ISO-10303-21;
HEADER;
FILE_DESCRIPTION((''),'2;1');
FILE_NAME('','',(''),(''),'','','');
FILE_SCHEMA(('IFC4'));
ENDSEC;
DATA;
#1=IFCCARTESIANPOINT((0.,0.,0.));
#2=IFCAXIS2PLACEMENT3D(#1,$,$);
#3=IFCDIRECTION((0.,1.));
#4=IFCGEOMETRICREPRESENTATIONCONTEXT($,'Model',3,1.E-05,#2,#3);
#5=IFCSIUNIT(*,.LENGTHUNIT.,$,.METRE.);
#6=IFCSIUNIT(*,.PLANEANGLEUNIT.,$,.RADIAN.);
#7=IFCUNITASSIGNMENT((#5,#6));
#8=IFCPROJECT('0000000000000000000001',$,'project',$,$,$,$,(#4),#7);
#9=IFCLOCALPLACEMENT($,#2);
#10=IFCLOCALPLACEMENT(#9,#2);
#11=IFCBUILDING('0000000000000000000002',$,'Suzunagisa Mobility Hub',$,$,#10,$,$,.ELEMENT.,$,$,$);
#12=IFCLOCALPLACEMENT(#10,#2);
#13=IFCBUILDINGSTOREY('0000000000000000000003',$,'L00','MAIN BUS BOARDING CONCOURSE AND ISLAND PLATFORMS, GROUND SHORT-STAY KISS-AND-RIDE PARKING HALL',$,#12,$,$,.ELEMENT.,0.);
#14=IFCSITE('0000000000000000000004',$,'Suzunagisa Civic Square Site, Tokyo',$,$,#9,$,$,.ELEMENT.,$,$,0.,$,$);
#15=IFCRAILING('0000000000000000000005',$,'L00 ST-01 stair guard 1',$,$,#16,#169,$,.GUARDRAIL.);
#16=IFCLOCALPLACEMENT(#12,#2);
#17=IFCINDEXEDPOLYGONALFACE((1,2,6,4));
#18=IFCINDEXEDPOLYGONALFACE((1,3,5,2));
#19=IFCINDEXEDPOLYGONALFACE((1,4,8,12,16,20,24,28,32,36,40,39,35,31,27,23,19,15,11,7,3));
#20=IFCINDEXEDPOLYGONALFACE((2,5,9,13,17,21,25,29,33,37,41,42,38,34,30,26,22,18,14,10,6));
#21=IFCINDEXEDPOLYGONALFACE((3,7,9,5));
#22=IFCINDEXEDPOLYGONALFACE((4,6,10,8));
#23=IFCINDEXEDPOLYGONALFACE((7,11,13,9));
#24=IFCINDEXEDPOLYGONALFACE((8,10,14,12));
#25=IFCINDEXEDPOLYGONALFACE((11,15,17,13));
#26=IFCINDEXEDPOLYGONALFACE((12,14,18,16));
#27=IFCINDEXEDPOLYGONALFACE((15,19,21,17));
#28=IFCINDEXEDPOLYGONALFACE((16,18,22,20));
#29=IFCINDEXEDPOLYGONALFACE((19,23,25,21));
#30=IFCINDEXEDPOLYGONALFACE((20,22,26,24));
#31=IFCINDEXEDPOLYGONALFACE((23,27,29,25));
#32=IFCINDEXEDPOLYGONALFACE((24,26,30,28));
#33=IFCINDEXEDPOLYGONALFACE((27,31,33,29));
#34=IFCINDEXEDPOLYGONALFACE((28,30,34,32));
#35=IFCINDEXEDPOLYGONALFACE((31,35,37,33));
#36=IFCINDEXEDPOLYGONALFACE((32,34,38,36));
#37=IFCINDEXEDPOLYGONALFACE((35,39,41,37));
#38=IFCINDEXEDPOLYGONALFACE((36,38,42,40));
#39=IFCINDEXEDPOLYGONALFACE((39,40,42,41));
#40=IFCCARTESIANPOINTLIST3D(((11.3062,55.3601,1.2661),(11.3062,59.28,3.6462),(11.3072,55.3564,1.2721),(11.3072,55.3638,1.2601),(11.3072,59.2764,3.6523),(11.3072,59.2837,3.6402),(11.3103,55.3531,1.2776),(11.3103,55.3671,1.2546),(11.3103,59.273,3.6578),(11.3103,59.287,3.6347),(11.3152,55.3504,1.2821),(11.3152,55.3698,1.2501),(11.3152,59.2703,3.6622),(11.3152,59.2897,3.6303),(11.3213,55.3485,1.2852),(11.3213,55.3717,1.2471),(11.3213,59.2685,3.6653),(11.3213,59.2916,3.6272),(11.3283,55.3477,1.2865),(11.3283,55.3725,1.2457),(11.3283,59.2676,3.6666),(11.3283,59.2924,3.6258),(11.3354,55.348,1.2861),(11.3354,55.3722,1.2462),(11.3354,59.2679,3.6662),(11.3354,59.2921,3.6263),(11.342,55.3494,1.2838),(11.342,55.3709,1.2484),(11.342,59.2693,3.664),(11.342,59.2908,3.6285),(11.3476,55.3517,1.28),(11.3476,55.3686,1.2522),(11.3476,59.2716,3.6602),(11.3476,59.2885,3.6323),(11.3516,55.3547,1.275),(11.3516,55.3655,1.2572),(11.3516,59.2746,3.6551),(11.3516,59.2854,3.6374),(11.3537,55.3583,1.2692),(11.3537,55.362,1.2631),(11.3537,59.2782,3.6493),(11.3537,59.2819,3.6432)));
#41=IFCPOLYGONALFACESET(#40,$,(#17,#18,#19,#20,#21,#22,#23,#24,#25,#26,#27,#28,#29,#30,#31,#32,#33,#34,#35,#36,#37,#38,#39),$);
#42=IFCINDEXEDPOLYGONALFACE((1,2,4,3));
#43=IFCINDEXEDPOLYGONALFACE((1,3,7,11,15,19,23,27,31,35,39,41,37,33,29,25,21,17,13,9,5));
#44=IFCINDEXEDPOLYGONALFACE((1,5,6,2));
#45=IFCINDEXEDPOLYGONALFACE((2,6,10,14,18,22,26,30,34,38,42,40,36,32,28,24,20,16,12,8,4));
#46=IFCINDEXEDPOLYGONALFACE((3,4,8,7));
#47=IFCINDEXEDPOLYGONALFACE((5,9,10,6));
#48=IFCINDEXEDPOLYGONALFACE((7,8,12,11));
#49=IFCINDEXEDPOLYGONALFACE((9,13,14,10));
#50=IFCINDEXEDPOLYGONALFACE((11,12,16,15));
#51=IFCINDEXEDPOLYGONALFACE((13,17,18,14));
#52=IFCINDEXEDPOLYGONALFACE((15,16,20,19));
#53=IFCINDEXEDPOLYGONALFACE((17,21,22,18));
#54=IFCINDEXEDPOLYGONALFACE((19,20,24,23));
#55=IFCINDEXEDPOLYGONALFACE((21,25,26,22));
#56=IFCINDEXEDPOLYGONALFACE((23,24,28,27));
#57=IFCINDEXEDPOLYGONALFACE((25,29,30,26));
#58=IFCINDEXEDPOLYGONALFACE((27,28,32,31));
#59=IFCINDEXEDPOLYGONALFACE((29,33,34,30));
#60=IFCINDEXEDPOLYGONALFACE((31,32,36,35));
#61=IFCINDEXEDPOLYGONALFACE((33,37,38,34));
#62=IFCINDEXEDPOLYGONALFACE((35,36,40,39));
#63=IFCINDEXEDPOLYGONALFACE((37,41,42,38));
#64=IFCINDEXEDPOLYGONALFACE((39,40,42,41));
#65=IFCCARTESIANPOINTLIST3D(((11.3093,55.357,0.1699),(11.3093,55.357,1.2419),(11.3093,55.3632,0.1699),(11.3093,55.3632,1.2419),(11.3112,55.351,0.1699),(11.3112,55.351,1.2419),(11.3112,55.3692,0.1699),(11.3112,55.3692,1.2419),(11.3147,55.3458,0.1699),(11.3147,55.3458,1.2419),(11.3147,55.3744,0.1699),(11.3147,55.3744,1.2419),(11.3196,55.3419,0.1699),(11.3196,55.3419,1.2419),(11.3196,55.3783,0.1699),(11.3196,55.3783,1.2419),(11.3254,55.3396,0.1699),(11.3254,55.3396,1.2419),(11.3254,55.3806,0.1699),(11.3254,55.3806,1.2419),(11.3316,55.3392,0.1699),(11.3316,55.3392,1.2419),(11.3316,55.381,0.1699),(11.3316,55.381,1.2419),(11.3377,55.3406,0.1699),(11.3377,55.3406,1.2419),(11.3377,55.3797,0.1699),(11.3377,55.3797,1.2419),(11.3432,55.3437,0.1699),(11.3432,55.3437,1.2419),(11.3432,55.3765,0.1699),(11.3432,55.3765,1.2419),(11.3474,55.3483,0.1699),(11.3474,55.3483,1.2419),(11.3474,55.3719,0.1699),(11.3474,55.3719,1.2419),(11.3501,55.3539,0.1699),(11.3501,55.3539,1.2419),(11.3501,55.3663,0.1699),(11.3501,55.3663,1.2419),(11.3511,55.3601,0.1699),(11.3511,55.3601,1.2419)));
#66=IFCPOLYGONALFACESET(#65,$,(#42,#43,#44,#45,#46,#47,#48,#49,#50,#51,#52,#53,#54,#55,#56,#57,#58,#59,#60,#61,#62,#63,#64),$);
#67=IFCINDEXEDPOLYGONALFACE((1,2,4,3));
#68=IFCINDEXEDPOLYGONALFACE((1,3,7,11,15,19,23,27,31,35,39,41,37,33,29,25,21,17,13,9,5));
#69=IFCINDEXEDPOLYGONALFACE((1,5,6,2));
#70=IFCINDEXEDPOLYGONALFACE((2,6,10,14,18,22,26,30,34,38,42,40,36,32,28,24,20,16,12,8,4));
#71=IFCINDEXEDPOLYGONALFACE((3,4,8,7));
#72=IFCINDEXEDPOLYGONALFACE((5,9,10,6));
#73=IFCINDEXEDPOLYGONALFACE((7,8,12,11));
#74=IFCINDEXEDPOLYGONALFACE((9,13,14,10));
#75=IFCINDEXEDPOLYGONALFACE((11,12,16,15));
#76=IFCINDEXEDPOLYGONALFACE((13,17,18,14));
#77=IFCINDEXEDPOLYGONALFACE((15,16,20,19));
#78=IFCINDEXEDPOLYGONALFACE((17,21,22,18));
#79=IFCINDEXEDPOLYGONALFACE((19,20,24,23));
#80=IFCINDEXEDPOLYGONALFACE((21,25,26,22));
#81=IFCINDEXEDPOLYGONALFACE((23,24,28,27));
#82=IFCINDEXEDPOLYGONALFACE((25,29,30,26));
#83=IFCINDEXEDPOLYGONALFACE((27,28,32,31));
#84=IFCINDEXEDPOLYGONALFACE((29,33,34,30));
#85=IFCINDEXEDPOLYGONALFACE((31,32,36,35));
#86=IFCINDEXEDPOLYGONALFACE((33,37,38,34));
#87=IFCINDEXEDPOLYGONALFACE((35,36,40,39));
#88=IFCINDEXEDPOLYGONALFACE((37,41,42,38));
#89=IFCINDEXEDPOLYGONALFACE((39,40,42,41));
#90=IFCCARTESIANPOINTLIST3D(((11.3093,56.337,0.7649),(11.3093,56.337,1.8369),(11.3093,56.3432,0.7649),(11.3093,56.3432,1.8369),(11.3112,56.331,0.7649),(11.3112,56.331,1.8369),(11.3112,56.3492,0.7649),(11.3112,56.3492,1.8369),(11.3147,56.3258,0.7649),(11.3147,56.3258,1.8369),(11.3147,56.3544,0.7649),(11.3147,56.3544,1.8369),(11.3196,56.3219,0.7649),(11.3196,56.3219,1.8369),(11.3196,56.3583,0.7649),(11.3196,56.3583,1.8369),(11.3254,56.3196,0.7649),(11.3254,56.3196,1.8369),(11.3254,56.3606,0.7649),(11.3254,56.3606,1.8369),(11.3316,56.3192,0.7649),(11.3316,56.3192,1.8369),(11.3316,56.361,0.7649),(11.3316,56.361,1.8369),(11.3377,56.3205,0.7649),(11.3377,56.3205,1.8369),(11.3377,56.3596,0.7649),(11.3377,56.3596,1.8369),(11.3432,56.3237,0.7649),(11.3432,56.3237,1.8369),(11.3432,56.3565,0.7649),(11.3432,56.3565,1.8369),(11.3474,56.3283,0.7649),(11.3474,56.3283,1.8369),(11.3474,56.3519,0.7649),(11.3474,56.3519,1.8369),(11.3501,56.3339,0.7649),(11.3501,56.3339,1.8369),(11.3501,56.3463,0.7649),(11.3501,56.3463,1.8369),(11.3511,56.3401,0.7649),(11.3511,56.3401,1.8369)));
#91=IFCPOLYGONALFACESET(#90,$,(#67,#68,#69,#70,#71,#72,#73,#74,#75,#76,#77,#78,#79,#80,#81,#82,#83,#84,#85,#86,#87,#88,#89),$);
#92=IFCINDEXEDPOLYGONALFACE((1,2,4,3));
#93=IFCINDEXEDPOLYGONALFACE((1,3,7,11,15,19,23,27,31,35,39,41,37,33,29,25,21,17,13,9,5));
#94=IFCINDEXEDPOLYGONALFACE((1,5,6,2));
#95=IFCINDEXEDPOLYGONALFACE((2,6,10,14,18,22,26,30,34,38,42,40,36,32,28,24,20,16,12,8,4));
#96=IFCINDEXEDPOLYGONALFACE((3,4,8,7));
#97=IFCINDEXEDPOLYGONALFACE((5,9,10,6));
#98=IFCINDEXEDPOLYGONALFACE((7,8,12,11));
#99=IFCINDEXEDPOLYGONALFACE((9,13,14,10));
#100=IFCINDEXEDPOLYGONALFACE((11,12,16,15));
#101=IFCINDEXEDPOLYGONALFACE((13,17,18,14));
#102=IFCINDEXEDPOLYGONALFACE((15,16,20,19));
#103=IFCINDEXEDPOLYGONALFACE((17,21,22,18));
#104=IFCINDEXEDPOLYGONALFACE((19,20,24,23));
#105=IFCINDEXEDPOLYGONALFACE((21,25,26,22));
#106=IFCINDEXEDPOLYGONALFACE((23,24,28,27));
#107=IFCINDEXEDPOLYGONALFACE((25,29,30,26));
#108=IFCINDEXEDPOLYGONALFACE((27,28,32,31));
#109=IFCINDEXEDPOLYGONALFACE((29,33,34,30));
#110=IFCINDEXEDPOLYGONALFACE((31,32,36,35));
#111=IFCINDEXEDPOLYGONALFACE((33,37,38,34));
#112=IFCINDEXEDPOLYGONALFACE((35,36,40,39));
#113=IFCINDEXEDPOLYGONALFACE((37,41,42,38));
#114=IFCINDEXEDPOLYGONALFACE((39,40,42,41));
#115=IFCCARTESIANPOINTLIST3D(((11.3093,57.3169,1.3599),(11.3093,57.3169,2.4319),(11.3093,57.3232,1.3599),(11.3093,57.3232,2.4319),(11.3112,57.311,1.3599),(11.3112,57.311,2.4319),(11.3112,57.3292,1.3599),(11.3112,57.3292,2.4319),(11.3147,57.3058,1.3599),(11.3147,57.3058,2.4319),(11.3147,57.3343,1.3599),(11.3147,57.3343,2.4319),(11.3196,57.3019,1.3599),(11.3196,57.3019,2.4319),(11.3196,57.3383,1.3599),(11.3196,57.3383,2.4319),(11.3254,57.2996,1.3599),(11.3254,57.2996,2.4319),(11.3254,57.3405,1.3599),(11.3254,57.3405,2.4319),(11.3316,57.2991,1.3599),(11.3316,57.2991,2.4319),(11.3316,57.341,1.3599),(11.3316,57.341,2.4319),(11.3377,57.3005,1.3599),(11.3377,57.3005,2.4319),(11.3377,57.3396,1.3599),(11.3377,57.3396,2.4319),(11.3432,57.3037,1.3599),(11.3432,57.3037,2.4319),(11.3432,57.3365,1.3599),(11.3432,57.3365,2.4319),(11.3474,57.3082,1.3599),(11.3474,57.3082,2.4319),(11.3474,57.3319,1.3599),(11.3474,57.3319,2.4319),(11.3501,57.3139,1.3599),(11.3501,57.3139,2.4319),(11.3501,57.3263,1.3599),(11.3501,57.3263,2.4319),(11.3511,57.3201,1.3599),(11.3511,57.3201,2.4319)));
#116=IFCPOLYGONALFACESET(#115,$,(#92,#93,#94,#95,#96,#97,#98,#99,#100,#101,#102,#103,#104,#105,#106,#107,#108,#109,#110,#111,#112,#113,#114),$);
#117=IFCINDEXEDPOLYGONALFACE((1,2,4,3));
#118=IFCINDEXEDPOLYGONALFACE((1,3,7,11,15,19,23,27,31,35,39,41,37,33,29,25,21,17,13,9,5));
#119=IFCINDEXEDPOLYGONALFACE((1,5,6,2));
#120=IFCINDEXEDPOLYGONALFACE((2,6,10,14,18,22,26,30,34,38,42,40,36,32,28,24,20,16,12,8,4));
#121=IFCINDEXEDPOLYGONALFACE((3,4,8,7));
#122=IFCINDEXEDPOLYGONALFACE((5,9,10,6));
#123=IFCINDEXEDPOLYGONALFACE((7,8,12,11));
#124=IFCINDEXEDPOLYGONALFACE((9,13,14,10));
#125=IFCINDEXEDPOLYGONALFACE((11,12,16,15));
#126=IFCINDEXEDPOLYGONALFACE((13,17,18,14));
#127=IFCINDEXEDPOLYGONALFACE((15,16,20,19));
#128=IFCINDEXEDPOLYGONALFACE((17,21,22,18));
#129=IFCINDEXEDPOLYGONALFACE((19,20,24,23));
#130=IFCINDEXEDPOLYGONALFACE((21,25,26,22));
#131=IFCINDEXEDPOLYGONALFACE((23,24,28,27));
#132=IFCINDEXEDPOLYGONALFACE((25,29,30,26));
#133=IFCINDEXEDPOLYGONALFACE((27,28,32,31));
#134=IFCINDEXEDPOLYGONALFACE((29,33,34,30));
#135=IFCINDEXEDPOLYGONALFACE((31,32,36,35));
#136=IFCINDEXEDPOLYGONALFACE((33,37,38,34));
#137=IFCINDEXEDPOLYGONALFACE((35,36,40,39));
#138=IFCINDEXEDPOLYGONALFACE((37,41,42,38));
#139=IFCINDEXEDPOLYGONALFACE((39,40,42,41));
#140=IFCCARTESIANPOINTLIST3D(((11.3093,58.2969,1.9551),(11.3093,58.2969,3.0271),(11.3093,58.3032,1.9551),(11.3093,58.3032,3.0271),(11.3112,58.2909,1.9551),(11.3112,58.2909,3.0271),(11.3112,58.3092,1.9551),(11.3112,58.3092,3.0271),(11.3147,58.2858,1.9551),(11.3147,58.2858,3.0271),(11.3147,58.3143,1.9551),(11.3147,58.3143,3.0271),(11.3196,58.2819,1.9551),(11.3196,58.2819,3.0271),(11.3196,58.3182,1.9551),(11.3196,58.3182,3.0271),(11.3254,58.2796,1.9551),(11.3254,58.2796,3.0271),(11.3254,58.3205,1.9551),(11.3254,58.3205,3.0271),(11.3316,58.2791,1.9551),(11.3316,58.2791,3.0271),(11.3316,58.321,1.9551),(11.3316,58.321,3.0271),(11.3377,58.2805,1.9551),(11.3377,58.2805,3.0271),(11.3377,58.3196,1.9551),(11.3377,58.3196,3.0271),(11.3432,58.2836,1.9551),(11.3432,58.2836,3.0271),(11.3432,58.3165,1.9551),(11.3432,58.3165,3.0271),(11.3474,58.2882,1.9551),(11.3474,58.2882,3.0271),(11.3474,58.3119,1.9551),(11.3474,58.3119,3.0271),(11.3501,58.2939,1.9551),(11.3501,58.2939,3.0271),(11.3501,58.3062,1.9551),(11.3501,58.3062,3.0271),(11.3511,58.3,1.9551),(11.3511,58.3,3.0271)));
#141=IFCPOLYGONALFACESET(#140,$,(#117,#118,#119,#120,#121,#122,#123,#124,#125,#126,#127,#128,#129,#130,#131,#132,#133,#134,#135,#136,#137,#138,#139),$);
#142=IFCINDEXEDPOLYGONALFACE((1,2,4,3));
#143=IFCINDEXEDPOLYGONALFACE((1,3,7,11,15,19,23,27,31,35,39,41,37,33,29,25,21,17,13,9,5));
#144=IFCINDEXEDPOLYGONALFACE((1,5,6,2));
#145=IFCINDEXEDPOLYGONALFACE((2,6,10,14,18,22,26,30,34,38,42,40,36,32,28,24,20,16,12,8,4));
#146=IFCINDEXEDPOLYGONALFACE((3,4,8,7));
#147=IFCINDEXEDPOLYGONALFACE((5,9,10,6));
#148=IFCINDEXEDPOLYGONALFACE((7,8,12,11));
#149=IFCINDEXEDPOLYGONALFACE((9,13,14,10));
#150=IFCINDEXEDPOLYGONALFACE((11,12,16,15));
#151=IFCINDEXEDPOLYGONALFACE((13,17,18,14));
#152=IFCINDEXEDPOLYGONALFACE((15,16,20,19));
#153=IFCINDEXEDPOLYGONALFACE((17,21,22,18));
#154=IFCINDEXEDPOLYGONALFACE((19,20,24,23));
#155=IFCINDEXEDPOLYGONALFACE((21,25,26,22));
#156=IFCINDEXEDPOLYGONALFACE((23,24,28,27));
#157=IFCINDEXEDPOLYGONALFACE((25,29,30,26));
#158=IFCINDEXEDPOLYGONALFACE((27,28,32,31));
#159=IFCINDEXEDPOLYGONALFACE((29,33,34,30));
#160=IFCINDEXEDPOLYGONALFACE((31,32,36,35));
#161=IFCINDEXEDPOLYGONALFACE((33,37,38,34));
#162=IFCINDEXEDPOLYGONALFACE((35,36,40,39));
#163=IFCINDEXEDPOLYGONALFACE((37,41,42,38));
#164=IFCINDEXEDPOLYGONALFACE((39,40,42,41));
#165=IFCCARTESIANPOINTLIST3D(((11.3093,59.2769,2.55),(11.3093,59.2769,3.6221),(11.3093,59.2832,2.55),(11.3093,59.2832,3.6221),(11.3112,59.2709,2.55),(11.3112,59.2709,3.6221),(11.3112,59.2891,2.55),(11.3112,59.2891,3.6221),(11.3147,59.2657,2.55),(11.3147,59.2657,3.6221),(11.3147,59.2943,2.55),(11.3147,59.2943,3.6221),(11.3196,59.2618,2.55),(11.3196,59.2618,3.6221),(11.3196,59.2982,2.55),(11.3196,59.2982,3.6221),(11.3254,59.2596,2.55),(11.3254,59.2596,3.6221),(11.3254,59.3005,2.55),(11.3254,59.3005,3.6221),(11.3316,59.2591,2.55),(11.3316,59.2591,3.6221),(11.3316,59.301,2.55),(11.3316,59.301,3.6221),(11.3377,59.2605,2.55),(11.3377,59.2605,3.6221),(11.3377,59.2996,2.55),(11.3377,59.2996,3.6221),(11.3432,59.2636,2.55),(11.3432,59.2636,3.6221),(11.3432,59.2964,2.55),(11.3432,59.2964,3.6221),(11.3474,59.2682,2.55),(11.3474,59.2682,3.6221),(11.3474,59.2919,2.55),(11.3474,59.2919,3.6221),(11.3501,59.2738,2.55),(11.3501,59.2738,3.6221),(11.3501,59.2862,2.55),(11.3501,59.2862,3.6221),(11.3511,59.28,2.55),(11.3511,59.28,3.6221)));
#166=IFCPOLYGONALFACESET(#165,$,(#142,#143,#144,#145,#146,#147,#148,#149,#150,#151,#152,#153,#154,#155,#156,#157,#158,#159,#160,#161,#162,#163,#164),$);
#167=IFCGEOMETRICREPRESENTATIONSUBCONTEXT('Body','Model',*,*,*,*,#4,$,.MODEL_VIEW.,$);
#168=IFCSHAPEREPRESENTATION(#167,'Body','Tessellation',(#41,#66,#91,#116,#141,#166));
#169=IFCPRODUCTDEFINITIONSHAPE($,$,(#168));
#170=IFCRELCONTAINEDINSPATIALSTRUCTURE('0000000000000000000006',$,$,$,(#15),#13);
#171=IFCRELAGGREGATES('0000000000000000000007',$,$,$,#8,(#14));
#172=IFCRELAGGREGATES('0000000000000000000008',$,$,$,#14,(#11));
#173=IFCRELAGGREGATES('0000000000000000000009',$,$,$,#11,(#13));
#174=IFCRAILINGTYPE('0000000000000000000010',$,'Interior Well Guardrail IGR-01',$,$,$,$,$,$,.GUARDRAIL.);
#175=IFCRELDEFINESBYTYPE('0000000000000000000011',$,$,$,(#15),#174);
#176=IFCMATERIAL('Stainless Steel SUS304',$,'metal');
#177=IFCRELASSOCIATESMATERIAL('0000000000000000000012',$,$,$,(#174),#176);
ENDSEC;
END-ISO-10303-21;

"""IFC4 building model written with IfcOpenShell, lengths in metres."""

from ifc_helpers import new_model, si_unit, direction, frame, origin, origin_2d, place, context, subcontext, project, spatial, circle, extrude, material, type_object, element, save


model = new_model("IFC4")

# Units and contexts
model_context = context("Model", 3, precision=1e-05, world=origin(), true_north=direction((0.0, 1.0)))
body_context = subcontext(model_context, "Body", "Model", "MODEL_VIEW")
ifc_project = project(units=[si_unit("LENGTHUNIT", "METRE"), si_unit("PLANEANGLEUNIT", "RADIAN")], contexts=[model_context])

# Site, building, storey
site_placement = place(None, origin())
site = spatial("IfcSite", under=ifc_project, at=site_placement, Name="Suzunagisa Civic Square Site, Tokyo", CompositionType="ELEMENT", RefElevation=0.0)
building_placement = place(site_placement, origin())
building = spatial("IfcBuilding", under=site, at=building_placement, Name="Suzunagisa Mobility Hub", CompositionType="ELEMENT")
storey_placement = place(building_placement, origin())
storey = spatial("IfcBuildingStorey", under=building, at=storey_placement, Name="L00", Description="MAIN BUS BOARDING CONCOURSE AND ISLAND PLATFORMS, GROUND SHORT-STAY KISS-AND-RIDE PARKING HALL", CompositionType="ELEMENT", Elevation=0.0)

# Railing
ifc_material_1 = material(Name="Stainless Steel SUS304", Category="metal")
railing_type_1 = type_object("IfcRailingType", Name="Interior Well Guardrail IGR-01", PredefinedType="GUARDRAIL", material=ifc_material_1)
railing_1_placement = place(storey_placement, frame((11.3301, 55.3601, 0.1699)))
element("IfcRailing", 1, at=railing_1_placement, inside=storey, type_object=railing_type_1, Name="L00 ST-01 stair guard 1", PredefinedType="GUARDRAIL", context=body_context, shape_type="SweptSolid", body=[
    extrude(circle(Radius=0.0239, at=origin_2d()), frame((0.0, 0.0, 1.0962), z_axis=(0.0, 0.854771, 0.519006), x_axis=(-1.0, 0.0, 0.0)), (0.0, 0.0, 1.0), 4.5859),
    extrude(circle(Radius=0.021, at=origin_2d()), origin(), (0.0, 0.0, 1.0), 1.072),
    extrude(circle(Radius=0.021, at=origin_2d()), frame((0.0, 0.98, 0.595)), (0.0, 0.0, 1.0), 1.072),
    extrude(circle(Radius=0.021, at=origin_2d()), frame((0.0, 1.96, 1.1899)), (0.0, 0.0, 1.0), 1.072),
    extrude(circle(Radius=0.021, at=origin_2d()), frame((0.0, 2.9399, 1.7852)), (0.0, 0.0, 1.0), 1.072),
    extrude(circle(Radius=0.021, at=origin_2d()), frame((0.0, 3.9199, 2.3801)), (0.0, 0.0, 1.0), 1.072),
])

save(model, "model.ifc")
